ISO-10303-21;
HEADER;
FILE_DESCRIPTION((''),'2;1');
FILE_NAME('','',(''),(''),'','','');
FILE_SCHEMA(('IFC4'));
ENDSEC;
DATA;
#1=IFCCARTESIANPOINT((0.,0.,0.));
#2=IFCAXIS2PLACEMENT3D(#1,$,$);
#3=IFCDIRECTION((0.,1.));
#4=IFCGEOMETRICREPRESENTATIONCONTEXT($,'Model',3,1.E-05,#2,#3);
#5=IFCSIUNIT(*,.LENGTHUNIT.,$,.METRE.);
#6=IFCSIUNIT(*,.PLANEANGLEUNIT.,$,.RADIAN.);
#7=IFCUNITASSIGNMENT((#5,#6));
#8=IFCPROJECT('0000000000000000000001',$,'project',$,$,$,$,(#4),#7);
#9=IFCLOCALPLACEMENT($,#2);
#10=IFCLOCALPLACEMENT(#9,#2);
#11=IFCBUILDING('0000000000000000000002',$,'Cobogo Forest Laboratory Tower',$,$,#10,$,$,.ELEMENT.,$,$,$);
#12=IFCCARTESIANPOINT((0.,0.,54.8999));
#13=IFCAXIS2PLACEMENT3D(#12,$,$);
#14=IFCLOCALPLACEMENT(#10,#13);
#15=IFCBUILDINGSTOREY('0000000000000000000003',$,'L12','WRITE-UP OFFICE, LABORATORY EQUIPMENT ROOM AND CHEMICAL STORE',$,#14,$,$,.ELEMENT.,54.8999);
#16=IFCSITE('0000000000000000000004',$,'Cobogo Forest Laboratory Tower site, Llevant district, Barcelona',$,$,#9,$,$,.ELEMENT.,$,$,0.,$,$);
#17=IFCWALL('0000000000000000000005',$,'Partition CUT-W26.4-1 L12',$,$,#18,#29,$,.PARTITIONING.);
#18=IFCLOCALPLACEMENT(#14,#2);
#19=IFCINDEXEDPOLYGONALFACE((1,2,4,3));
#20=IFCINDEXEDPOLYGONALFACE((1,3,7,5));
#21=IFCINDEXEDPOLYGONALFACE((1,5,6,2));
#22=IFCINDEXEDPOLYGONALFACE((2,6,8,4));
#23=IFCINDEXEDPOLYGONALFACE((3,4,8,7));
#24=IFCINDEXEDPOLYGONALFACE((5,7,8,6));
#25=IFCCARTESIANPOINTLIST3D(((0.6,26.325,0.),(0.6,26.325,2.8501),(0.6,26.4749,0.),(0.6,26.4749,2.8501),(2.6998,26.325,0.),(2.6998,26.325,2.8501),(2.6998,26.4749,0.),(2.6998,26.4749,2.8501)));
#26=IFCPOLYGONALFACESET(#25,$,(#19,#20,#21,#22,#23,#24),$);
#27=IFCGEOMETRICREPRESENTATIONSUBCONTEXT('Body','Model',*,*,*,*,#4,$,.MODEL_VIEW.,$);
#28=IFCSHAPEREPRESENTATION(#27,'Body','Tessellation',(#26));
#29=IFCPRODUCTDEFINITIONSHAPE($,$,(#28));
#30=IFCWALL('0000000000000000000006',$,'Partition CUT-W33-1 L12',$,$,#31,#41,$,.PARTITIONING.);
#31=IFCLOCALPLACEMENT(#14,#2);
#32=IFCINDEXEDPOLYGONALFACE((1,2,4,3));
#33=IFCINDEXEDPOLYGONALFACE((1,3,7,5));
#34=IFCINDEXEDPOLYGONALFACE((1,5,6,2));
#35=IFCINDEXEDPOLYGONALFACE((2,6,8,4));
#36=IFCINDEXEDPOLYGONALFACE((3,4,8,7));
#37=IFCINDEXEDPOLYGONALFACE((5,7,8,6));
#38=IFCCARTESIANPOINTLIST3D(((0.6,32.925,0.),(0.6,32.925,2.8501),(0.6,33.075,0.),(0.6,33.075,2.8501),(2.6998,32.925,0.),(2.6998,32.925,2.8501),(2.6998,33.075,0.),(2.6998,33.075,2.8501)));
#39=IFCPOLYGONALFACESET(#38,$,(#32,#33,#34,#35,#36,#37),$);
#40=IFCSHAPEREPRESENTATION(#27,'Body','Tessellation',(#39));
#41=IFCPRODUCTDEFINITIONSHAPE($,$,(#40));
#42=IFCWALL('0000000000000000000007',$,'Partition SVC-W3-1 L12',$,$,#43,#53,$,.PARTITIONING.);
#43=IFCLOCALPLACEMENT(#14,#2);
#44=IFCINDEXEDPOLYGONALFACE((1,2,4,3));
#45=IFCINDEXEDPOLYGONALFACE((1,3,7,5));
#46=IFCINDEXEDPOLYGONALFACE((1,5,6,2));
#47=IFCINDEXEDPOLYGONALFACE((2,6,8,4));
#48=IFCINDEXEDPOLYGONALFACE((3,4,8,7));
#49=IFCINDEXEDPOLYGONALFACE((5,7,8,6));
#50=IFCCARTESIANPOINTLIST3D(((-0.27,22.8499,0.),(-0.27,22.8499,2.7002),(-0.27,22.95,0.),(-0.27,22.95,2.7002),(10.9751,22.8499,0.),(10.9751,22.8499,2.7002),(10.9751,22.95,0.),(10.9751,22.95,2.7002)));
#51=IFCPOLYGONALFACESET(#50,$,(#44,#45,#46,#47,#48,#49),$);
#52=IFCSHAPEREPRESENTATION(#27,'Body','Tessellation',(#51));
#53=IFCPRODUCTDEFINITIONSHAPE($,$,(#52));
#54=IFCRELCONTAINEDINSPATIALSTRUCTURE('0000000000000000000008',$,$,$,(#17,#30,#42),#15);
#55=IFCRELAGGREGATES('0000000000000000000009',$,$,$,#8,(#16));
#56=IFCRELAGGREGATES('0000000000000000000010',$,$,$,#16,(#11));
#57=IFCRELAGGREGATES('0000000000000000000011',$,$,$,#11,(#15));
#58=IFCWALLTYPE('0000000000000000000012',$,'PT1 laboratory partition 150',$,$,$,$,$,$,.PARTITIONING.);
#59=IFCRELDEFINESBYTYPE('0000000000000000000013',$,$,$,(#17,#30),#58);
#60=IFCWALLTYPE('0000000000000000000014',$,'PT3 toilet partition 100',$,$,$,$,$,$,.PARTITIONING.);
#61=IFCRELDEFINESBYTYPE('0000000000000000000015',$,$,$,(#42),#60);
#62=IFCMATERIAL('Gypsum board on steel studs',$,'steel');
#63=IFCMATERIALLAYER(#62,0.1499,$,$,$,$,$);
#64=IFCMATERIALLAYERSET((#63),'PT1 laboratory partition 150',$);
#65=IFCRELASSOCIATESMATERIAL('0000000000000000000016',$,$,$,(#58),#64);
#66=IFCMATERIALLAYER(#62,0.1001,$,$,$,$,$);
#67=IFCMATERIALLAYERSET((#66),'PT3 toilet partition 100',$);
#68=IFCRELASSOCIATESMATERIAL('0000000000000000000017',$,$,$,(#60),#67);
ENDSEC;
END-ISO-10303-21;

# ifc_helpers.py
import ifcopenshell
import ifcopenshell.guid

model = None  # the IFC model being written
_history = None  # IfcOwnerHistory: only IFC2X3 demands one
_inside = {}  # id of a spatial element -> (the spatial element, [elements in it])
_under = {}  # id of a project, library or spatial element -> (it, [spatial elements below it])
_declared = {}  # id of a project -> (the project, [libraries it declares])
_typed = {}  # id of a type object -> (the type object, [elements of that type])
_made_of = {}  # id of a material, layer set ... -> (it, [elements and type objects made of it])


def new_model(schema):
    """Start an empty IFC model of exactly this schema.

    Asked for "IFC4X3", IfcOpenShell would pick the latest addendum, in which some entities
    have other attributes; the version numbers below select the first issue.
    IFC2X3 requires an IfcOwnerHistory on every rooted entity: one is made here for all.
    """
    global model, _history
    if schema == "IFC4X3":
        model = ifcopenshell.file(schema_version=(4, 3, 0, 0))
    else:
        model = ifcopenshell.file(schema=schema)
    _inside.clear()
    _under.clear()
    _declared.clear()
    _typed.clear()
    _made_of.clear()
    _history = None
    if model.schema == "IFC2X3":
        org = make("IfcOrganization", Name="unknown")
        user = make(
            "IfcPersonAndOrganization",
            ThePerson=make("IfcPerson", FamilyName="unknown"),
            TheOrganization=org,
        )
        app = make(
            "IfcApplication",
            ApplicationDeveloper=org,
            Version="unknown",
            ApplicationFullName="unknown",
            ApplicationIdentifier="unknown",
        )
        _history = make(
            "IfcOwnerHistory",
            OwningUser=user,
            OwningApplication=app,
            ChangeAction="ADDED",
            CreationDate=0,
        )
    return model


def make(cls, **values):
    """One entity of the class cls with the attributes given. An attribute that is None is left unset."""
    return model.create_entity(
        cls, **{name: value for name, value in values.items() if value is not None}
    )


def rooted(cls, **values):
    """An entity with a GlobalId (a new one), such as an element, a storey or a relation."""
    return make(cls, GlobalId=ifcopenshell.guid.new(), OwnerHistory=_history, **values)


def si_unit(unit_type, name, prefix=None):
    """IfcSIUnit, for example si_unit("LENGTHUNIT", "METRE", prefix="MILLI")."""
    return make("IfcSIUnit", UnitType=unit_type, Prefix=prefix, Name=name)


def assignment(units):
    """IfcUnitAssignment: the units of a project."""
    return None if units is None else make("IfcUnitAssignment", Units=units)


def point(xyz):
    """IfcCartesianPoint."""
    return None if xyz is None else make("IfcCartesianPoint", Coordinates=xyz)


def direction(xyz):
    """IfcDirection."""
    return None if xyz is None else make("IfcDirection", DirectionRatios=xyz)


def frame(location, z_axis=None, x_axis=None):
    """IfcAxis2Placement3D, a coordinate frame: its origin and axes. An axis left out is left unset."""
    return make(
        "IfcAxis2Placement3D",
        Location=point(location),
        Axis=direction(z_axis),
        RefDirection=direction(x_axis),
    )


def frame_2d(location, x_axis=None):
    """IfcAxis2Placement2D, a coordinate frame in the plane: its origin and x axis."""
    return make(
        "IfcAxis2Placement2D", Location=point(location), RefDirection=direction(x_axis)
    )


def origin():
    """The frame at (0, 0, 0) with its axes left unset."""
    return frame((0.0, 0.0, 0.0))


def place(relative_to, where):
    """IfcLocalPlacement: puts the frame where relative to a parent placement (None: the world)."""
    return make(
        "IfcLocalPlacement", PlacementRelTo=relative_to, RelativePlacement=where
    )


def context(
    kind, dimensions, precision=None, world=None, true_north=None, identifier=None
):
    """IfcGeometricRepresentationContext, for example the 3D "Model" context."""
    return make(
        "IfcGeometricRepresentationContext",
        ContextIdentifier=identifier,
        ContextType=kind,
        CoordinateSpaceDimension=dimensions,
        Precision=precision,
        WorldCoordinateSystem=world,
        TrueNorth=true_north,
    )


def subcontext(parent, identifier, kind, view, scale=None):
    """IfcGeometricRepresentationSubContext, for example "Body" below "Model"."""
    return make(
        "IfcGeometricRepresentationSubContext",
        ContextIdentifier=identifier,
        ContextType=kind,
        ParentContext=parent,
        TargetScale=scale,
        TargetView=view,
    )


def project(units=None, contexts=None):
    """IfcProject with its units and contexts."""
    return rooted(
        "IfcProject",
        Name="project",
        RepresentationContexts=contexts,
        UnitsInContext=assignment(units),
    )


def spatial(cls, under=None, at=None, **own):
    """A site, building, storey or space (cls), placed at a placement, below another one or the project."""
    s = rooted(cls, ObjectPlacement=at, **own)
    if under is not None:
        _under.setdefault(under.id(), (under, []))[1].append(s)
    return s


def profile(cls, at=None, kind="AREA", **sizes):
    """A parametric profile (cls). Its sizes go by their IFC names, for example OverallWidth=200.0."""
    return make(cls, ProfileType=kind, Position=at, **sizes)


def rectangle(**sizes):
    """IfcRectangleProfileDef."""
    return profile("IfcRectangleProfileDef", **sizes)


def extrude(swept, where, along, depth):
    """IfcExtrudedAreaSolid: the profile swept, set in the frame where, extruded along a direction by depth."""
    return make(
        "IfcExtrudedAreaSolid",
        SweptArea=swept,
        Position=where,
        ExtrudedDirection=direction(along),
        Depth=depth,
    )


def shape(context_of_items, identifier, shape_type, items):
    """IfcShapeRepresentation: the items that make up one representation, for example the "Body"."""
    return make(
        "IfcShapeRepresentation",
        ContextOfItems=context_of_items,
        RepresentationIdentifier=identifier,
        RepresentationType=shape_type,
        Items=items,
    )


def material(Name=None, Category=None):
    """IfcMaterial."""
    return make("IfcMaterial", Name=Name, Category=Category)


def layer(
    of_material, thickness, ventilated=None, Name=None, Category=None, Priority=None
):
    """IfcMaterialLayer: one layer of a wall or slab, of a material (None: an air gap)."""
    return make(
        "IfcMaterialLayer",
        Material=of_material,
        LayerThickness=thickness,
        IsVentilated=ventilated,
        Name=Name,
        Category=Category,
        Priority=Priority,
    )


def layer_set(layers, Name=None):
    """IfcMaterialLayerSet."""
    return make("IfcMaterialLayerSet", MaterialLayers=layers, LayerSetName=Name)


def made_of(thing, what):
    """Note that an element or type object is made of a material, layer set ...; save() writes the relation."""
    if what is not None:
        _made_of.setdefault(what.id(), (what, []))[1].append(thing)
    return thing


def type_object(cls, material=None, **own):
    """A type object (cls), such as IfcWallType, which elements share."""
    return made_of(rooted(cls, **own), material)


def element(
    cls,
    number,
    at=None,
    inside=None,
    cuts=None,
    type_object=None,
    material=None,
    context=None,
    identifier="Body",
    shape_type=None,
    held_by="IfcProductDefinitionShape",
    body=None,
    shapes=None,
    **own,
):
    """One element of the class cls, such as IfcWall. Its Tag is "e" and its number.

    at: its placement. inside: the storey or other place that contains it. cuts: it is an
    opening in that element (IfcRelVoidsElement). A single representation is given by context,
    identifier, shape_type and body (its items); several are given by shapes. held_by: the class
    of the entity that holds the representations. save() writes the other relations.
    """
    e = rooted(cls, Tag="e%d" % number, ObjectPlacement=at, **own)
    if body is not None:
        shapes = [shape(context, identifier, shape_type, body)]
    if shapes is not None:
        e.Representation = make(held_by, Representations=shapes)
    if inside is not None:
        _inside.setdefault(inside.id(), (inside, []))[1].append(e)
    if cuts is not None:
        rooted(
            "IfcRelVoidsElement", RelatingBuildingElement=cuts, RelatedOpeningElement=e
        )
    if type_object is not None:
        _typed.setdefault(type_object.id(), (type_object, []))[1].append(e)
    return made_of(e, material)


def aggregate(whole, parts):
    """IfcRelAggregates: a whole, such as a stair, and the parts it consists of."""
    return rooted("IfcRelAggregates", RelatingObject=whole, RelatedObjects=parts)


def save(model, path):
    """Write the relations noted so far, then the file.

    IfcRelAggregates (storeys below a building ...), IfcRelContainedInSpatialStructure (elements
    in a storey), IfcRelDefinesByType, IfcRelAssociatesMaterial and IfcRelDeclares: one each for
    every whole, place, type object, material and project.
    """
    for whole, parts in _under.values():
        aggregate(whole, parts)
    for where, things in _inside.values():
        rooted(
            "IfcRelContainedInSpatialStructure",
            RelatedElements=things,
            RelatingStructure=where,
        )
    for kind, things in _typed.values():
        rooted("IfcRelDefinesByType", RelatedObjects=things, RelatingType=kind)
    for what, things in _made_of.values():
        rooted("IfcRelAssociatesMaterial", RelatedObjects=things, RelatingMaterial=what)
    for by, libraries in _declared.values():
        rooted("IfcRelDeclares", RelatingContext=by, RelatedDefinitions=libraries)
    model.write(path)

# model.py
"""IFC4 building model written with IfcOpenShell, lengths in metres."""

from ifc_helpers import new_model, si_unit, direction, frame, frame_2d, origin, place, context, subcontext, project, spatial, rectangle, extrude, material, layer, layer_set, type_object, element, save


model = new_model("IFC4")

# Units and contexts
model_context = context("Model", 3, precision=1e-05, world=origin(), true_north=direction((0.0, 1.0)))
body_context = subcontext(model_context, "Body", "Model", "MODEL_VIEW")
ifc_project = project(units=[si_unit("LENGTHUNIT", "METRE"), si_unit("PLANEANGLEUNIT", "RADIAN")], contexts=[model_context])

# Site, building, storey
site_placement = place(None, origin())
site = spatial("IfcSite", under=ifc_project, at=site_placement, Name="Cobogo Forest Laboratory Tower site, Llevant district, Barcelona", CompositionType="ELEMENT", RefElevation=0.0)
building_placement = place(site_placement, origin())
building = spatial("IfcBuilding", under=site, at=building_placement, Name="Cobogo Forest Laboratory Tower", CompositionType="ELEMENT")
storey_placement = place(building_placement, frame((0.0, 0.0, 54.8999)))
storey = spatial("IfcBuildingStorey", under=building, at=storey_placement, Name="L12", Description="WRITE-UP OFFICE, LABORATORY EQUIPMENT ROOM AND CHEMICAL STORE", CompositionType="ELEMENT", Elevation=54.8999)

# Walls
ifc_material_1 = material(Name="Gypsum board on steel studs", Category="steel")
ifc_layer_1 = layer(ifc_material_1, 0.1499)
ifc_layer_set_1 = layer_set([ifc_layer_1], Name="PT1 laboratory partition 150")
wall_type_1 = type_object("IfcWallType", Name="PT1 laboratory partition 150", PredefinedType="PARTITIONING", material=ifc_layer_set_1)
for number, where, z_axis, x_axis, name in (
    (1, (0.6001, 26.3999, 0.0), (0.0, 0.0, 1.0), (1.0, 0.0, 0.0), "Partition CUT-W26.4-1 L12"),
    (2, (0.6001, 33.0, 0.0), (0.0, 0.0, 1.0), (1.0, 0.0, 0.0), "Partition CUT-W33-1 L12"),
):
    element("IfcWall", number, at=place(storey_placement, frame(where, z_axis=z_axis, x_axis=x_axis)), inside=storey, type_object=wall_type_1, Name=name, PredefinedType="PARTITIONING", context=body_context, shape_type="SweptSolid", body=[
        extrude(rectangle(XDim=2.0999, YDim=0.1499, at=frame_2d((1.0498, 0.0))), origin(), (0.0, 0.0, 1.0), 2.8501),
    ])
ifc_layer_2 = layer(ifc_material_1, 0.1001)
ifc_layer_set_2 = layer_set([ifc_layer_2], Name="PT3 toilet partition 100")
wall_type_2 = type_object("IfcWallType", Name="PT3 toilet partition 100", PredefinedType="PARTITIONING", material=ifc_layer_set_2)
wall_placement = place(storey_placement, frame((-0.27, 22.8999, 0.0), z_axis=(0.0, 0.0, 1.0), x_axis=(1.0, 0.0, 0.0)))
element("IfcWall", 3, at=wall_placement, inside=storey, type_object=wall_type_2, Name="Partition SVC-W3-1 L12", PredefinedType="PARTITIONING", context=body_context, shape_type="SweptSolid", body=[
    extrude(rectangle(XDim=11.2451, YDim=0.1001, at=frame_2d((5.6226, 0.0))), origin(), (0.0, 0.0, 1.0), 2.7002),
])

save(model, "model.ifc")
